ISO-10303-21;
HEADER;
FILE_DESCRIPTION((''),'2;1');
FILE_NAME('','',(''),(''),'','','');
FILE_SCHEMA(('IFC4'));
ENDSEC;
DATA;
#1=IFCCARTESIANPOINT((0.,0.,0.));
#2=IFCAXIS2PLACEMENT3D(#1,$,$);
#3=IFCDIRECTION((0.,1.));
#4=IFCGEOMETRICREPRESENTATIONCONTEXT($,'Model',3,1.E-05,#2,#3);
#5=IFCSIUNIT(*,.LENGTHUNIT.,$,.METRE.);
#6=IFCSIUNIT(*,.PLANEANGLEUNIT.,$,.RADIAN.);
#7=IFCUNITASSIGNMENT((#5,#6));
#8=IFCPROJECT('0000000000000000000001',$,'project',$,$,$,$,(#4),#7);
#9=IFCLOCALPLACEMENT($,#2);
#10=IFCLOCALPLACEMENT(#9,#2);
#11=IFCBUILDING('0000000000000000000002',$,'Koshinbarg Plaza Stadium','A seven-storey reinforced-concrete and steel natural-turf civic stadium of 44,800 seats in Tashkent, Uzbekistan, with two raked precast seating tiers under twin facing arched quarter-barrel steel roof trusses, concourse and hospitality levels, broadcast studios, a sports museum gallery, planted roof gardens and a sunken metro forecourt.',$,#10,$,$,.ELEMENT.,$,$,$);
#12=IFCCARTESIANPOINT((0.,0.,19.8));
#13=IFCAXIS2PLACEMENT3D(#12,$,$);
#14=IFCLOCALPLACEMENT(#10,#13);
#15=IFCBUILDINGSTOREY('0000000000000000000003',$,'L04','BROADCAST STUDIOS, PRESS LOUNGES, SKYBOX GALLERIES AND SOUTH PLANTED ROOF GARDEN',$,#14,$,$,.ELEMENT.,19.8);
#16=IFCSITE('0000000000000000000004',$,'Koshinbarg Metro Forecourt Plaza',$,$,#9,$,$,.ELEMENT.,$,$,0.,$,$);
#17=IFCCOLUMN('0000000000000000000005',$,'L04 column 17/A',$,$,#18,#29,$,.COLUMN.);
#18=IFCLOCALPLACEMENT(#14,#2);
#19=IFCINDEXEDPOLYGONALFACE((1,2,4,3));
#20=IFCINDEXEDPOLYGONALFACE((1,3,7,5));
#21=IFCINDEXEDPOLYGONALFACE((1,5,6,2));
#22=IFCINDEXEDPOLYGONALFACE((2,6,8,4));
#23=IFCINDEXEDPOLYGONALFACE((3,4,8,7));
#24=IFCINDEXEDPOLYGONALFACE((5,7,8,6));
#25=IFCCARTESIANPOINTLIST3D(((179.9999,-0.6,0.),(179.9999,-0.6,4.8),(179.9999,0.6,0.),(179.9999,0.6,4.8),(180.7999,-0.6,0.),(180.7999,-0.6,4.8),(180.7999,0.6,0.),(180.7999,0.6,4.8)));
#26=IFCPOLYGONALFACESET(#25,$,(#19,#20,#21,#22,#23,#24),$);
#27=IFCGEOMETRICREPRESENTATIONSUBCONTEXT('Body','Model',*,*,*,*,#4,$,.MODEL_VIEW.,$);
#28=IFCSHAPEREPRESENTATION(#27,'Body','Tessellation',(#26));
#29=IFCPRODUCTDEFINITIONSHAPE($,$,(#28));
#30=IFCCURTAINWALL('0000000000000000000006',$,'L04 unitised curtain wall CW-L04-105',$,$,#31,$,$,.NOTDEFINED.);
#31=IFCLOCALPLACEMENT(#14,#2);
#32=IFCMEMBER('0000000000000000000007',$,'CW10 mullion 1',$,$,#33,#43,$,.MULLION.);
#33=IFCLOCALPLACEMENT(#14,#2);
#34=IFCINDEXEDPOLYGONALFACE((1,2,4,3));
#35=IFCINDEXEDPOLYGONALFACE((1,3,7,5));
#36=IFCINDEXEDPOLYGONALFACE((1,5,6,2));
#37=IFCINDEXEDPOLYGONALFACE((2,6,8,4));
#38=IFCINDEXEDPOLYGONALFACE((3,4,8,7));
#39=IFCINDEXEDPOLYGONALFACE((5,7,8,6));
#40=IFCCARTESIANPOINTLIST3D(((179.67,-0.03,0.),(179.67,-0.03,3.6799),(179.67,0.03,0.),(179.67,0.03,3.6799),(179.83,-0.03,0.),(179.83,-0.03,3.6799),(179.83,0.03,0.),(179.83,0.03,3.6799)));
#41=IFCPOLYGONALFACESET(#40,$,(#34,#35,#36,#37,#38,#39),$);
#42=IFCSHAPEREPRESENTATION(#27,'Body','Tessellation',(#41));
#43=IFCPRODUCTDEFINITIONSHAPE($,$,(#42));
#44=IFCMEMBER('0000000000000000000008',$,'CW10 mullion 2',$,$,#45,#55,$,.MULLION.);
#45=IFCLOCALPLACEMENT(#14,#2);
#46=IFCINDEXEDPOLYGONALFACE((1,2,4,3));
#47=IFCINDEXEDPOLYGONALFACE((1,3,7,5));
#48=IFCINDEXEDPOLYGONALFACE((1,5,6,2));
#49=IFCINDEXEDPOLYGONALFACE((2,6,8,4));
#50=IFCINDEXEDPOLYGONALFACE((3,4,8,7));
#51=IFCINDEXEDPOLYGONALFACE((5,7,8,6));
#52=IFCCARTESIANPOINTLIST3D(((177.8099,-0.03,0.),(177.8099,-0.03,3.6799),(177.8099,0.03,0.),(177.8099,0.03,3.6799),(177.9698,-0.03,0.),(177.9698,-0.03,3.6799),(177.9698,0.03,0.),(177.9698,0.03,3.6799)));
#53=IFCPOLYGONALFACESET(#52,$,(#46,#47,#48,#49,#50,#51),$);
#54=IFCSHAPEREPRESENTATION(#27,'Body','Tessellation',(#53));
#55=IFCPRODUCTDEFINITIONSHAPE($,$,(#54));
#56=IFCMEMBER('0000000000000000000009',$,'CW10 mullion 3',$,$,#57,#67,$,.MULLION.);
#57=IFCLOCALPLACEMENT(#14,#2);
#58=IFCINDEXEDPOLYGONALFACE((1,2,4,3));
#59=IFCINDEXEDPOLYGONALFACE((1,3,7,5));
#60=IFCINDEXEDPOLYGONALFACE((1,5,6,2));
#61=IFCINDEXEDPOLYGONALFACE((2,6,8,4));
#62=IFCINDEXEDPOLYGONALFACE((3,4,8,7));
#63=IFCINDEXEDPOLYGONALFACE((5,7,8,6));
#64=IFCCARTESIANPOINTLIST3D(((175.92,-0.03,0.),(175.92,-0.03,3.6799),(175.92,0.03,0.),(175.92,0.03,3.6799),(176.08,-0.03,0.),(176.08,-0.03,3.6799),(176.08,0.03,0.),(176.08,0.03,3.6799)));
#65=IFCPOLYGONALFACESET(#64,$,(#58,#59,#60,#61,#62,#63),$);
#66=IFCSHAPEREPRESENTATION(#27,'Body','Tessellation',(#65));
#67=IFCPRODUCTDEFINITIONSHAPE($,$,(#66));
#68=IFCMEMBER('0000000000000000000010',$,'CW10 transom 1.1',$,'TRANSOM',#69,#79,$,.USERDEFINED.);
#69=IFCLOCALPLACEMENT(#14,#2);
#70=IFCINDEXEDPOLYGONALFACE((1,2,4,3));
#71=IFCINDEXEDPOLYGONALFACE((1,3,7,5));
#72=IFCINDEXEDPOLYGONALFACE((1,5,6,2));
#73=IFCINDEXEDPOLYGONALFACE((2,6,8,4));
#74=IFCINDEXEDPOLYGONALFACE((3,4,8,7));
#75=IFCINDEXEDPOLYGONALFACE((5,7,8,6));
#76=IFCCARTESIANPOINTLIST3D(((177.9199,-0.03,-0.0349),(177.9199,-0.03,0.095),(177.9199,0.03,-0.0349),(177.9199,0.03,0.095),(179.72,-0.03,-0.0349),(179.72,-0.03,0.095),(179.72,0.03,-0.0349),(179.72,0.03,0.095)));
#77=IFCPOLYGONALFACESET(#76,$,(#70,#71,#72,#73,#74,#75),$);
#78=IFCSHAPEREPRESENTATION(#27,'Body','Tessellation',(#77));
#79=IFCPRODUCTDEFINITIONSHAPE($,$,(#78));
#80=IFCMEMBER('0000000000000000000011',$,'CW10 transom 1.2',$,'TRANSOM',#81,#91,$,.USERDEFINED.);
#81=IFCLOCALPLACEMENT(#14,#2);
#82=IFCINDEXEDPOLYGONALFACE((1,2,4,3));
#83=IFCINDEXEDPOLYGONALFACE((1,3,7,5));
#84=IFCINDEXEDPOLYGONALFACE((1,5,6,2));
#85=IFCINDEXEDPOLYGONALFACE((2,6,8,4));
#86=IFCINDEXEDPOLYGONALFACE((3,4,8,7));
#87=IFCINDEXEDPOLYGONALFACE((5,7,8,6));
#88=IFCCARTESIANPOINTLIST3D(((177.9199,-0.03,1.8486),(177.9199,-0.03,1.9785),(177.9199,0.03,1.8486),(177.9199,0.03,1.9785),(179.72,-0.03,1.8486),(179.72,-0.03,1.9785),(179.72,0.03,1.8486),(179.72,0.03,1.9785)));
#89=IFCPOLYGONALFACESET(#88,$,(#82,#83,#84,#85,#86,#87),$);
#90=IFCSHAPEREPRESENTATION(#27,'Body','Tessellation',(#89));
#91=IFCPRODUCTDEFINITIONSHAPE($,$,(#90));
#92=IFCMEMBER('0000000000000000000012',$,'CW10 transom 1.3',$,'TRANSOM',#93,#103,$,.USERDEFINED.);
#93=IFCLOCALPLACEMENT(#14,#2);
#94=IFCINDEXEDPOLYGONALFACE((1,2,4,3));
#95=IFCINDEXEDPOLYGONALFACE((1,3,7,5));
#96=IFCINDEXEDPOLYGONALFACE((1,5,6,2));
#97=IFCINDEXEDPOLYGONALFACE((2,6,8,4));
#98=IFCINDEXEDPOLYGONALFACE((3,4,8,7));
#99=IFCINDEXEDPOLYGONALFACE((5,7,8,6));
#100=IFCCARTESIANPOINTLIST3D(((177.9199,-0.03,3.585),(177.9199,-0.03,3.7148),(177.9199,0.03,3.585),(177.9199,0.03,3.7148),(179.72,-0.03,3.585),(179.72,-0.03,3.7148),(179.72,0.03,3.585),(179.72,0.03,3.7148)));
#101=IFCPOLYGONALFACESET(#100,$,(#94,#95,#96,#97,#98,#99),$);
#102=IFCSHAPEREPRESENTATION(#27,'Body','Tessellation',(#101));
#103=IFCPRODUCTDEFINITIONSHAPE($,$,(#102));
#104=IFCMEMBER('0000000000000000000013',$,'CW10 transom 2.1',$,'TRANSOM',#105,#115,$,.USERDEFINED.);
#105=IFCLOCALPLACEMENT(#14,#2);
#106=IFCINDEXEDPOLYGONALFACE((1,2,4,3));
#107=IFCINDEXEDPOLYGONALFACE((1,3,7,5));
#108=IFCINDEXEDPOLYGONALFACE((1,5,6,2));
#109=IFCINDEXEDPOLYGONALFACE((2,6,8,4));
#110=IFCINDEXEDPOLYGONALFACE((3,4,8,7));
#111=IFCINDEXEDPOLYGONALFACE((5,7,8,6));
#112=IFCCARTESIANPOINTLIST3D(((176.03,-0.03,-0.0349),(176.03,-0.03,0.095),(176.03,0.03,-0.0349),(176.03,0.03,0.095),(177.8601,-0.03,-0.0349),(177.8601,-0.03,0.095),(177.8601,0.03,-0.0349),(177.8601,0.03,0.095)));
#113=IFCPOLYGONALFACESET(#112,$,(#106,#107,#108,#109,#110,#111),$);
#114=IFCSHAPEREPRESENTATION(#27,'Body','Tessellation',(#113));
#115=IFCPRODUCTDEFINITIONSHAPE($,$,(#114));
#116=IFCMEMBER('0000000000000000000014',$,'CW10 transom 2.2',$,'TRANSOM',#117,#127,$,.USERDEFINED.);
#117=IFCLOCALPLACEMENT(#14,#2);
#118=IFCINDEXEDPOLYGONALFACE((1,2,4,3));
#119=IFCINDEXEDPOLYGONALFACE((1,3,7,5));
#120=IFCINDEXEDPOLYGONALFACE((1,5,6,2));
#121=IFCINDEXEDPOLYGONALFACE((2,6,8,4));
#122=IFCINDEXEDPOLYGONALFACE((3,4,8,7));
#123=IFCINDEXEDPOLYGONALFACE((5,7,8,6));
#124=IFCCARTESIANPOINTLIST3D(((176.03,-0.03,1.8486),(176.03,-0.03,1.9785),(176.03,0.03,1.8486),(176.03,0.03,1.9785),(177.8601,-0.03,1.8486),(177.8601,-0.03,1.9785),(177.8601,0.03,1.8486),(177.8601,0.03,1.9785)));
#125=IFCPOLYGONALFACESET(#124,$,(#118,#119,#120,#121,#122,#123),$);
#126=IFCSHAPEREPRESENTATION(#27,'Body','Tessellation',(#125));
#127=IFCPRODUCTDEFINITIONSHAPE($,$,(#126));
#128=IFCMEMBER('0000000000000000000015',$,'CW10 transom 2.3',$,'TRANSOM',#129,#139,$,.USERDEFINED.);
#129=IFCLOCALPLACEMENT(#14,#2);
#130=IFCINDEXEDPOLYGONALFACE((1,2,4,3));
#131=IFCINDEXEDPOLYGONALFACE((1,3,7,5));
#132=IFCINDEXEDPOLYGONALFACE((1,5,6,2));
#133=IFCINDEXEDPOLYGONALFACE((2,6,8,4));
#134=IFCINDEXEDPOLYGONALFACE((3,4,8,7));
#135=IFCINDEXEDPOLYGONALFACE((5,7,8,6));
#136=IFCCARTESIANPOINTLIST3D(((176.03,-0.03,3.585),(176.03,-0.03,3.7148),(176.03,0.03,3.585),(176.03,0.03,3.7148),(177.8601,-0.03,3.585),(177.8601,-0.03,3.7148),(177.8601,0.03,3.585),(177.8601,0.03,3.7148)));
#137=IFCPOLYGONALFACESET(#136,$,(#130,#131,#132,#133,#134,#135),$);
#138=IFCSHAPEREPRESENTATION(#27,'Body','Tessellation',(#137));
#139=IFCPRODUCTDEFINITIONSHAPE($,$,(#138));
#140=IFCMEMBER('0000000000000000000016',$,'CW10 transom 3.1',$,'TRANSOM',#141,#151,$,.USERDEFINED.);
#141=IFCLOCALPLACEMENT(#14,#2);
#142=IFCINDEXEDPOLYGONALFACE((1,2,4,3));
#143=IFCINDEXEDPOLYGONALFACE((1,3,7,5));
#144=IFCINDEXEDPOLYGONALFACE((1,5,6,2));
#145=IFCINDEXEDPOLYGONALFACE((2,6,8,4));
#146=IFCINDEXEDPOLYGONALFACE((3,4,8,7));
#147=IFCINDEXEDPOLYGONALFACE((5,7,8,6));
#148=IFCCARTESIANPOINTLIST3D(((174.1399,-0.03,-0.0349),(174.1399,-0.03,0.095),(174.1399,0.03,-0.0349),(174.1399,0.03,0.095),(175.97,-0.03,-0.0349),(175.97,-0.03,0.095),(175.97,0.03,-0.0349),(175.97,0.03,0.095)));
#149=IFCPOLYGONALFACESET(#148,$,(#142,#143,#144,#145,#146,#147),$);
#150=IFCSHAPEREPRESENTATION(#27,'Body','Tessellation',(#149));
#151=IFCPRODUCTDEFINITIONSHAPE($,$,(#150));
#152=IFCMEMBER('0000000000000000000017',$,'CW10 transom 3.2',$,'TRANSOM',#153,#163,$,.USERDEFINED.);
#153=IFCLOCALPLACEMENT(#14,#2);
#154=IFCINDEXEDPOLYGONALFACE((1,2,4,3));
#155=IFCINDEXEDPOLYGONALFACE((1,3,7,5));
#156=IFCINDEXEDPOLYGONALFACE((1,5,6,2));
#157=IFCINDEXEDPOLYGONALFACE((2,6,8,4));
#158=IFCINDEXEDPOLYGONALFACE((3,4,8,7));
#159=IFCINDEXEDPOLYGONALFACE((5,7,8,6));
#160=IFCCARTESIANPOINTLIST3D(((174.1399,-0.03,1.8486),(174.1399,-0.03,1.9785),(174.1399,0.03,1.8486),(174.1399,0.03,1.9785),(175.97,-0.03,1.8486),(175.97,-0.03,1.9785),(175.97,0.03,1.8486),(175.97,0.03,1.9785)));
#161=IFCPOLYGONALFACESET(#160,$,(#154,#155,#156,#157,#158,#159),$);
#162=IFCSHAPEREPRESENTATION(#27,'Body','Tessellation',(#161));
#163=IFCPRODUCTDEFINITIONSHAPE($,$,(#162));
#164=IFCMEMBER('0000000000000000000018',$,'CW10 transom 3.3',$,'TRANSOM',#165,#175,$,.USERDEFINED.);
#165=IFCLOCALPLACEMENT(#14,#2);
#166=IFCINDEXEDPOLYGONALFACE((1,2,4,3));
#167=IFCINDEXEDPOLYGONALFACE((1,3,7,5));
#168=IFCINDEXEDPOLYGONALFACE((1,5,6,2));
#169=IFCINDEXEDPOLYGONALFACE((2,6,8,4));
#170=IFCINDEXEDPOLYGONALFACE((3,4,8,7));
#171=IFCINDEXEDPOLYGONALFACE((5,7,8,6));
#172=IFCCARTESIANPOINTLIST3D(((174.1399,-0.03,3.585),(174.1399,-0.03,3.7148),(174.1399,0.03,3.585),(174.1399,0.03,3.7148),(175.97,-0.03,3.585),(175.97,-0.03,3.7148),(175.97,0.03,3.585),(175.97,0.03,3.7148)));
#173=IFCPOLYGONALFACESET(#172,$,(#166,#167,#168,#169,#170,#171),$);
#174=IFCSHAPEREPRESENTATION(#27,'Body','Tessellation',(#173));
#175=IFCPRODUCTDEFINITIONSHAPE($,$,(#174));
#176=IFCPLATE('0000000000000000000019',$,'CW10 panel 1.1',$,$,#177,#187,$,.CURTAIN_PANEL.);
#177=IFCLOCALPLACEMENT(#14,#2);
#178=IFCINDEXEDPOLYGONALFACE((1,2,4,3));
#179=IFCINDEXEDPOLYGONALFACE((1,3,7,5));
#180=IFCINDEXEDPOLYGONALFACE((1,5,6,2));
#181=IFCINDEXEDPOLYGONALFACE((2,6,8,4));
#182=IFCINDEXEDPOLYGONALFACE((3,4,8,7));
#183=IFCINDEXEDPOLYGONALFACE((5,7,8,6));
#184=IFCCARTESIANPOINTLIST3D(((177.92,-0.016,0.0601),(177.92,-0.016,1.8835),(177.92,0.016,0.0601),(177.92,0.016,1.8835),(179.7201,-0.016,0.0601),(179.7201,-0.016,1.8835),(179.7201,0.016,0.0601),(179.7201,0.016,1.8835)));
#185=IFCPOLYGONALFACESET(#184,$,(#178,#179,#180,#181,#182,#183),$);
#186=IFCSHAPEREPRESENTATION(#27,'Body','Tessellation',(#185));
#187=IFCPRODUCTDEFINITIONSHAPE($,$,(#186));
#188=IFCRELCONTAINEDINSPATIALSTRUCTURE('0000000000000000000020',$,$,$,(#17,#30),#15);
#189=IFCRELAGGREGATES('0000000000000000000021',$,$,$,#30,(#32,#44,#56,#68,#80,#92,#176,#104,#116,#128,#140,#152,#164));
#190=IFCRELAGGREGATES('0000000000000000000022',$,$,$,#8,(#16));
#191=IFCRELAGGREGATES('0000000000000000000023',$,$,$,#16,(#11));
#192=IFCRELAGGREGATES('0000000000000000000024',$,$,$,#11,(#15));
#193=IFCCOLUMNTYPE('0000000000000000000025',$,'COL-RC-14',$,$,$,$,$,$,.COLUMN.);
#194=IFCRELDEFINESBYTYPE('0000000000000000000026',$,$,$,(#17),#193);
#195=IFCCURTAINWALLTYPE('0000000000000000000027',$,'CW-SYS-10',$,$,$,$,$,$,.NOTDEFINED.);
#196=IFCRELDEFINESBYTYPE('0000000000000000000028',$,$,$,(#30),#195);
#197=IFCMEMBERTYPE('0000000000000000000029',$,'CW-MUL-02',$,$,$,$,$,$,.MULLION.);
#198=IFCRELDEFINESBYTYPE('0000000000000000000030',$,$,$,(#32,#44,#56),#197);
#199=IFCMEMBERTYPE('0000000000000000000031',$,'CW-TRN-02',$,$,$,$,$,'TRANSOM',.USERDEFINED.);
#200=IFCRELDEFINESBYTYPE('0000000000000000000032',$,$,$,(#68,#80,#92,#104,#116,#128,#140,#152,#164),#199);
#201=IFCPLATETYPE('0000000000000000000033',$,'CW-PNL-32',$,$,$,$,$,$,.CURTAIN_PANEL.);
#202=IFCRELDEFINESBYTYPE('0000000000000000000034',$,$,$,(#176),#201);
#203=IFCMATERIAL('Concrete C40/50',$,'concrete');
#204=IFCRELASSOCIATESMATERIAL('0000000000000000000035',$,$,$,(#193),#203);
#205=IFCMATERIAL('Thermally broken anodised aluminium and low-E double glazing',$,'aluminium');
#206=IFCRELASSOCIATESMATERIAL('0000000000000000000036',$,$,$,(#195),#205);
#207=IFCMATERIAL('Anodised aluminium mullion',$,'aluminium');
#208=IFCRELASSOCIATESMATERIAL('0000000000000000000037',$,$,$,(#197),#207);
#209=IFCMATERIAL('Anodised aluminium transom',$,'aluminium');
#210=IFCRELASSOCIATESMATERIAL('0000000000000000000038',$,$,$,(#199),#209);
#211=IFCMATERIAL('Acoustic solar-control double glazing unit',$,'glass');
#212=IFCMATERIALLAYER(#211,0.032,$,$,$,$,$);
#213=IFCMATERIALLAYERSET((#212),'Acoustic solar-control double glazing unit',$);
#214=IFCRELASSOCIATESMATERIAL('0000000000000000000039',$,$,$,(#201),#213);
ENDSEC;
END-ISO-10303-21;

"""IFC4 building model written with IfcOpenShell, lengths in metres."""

from ifc_helpers import new_model, si_unit, direction, frame, origin, origin_2d, place, context, subcontext, project, spatial, rectangle, extrude, material, layer, layer_set, material_profile, profile_set, type_object, element, aggregate, save


model = new_model("IFC4")

# Units and contexts
model_context = context("Model", 3, precision=1e-05, world=origin(), true_north=direction((0.0, 1.0)))
body_context = subcontext(model_context, "Body", "Model", "MODEL_VIEW")
ifc_project = project(units=[si_unit("LENGTHUNIT", "METRE"), si_unit("PLANEANGLEUNIT", "RADIAN")], contexts=[model_context])

# Site, building, storey
site_placement = place(None, origin())
site = spatial("IfcSite", under=ifc_project, at=site_placement, Name="Koshinbarg Metro Forecourt Plaza", CompositionType="ELEMENT", RefElevation=0.0)
building_placement = place(site_placement, origin())
building = spatial("IfcBuilding", under=site, at=building_placement, Name="Koshinbarg Plaza Stadium", Description="A seven-storey reinforced-concrete and steel natural-turf civic stadium of 44,800 seats in Tashkent, Uzbekistan, with two raked precast seating tiers under twin facing arched quarter-barrel steel roof trusses, concourse and hospitality levels, broadcast studios, a sports museum gallery, planted roof gardens and a sunken metro forecourt.", CompositionType="ELEMENT")
storey_placement = place(building_placement, frame((0.0, 0.0, 19.8)))
storey = spatial("IfcBuildingStorey", under=building, at=storey_placement, Name="L04", Description="BROADCAST STUDIOS, PRESS LOUNGES, SKYBOX GALLERIES AND SOUTH PLANTED ROOF GARDEN", CompositionType="ELEMENT", Elevation=19.8)

# Column
ifc_material_1 = material(Name="Concrete C40/50", Category="concrete")
ifc_material_profile_1 = material_profile(ifc_material_1, rectangle(XDim=0.8, YDim=1.2, at=origin_2d()), Name="RC 800x1200")
ifc_profile_set_1 = profile_set([ifc_material_profile_1], Name="Concrete C40/50")
column_type = type_object("IfcColumnType", Name="COL-RC-14", PredefinedType="COLUMN", material=ifc_profile_set_1)
column_placement = place(storey_placement, frame((180.3999, 0.0, 0.0), z_axis=(0.0, 0.0, 1.0), x_axis=(1.0, 0.0, 0.0)))
element("IfcColumn", 1, at=column_placement, inside=storey, type_object=column_type, Name="L04 column 17/A", PredefinedType="COLUMN", context=body_context, shape_type="SweptSolid", body=[
    extrude(rectangle(XDim=0.8, YDim=1.2, at=origin_2d()), origin(), (0.0, 0.0, 1.0), 4.8),
])

# Curtain wall, members, plate
ifc_material_2 = material(Name="Thermally broken anodised aluminium and low-E double glazing", Category="aluminium")
curtain_wall_type = type_object("IfcCurtainWallType", Name="CW-SYS-10", PredefinedType="NOTDEFINED", material=ifc_material_2)
curtain_wall_placement = place(storey_placement, origin())
curtain_wall = element("IfcCurtainWall", 2, at=curtain_wall_placement, inside=storey, type_object=curtain_wall_type, Name="L04 unitised curtain wall CW-L04-105", PredefinedType="NOTDEFINED")
ifc_material_3 = material(Name="Anodised aluminium mullion", Category="aluminium")
ifc_material_profile_2 = material_profile(ifc_material_3, rectangle(XDim=0.0601, YDim=0.1599, at=origin_2d()), Name="ALU 60x160")
ifc_profile_set_2 = profile_set([ifc_material_profile_2], Name="Anodised aluminium mullion")
member_type_1 = type_object("IfcMemberType", Name="CW-MUL-02", PredefinedType="MULLION", material=ifc_profile_set_2)
member_1_placement = place(storey_placement, frame((179.75, 0.0, 0.0), z_axis=(0.0, 0.0, 1.0), x_axis=(0.0, -1.0, 0.0)))
member_1 = element("IfcMember", 3, at=member_1_placement, type_object=member_type_1, Name="CW10 mullion 1", PredefinedType="MULLION", context=body_context, shape_type="SweptSolid", body=[
    extrude(rectangle(XDim=0.0601, YDim=0.1599, at=origin_2d()), origin(), (0.0, 0.0, 1.0), 3.6799),
])
member_2_placement = place(storey_placement, frame((177.8899, 0.0, 0.0), z_axis=(0.0, 0.0, 1.0), x_axis=(0.0, -1.0, 0.0)))
member_2 = element("IfcMember", 4, at=member_2_placement, type_object=member_type_1, Name="CW10 mullion 2", PredefinedType="MULLION", context=body_context, shape_type="SweptSolid", body=[
    extrude(rectangle(XDim=0.0601, YDim=0.1599, at=origin_2d()), origin(), (0.0, 0.0, 1.0), 3.6799),
])
member_3_placement = place(storey_placement, frame((176.0, 0.0, 0.0), z_axis=(0.0, 0.0, 1.0), x_axis=(0.0, -1.0, 0.0)))
member_3 = element("IfcMember", 5, at=member_3_placement, type_object=member_type_1, Name="CW10 mullion 3", PredefinedType="MULLION", context=body_context, shape_type="SweptSolid", body=[
    extrude(rectangle(XDim=0.0601, YDim=0.1599, at=origin_2d()), origin(), (0.0, 0.0, 1.0), 3.6799),
])
ifc_material_4 = material(Name="Anodised aluminium transom", Category="aluminium")
ifc_material_profile_3 = material_profile(ifc_material_4, rectangle(XDim=0.0601, YDim=0.1299, at=origin_2d()), Name="ALU 60x130")
ifc_profile_set_3 = profile_set([ifc_material_profile_3], Name="Anodised aluminium transom")
member_type_2 = type_object("IfcMemberType", Name="CW-TRN-02", ElementType="TRANSOM", PredefinedType="USERDEFINED", material=ifc_profile_set_3)
member_4_placement = place(storey_placement, frame((179.72, 0.0, 0.03), z_axis=(-1.0, 0.0, 0.0), x_axis=(0.0, -1.0, 0.0)))
member_4 = element("IfcMember", 6, at=member_4_placement, type_object=member_type_2, Name="CW10 transom 1.1", ObjectType="TRANSOM", PredefinedType="USERDEFINED", context=body_context, shape_type="SweptSolid", body=[
    extrude(rectangle(XDim=0.0601, YDim=0.1299, at=origin_2d()), origin(), (0.0, 0.0, 1.0), 1.8),
])
member_5_placement = place(storey_placement, frame((179.72, 0.0, 1.9136), z_axis=(-1.0, 0.0, 0.0), x_axis=(0.0, -1.0, 0.0)))
member_5 = element("IfcMember", 7, at=member_5_placement, type_object=member_type_2, Name="CW10 transom 1.2", ObjectType="TRANSOM", PredefinedType="USERDEFINED", context=body_context, shape_type="SweptSolid", body=[
    extrude(rectangle(XDim=0.0601, YDim=0.1299, at=origin_2d()), origin(), (0.0, 0.0, 1.0), 1.8),
])
member_6_placement = place(storey_placement, frame((179.72, 0.0, 3.6499), z_axis=(-1.0, 0.0, 0.0), x_axis=(0.0, -1.0, 0.0)))
member_6 = element("IfcMember", 8, at=member_6_placement, type_object=member_type_2, Name="CW10 transom 1.3", ObjectType="TRANSOM", PredefinedType="USERDEFINED", context=body_context, shape_type="SweptSolid", body=[
    extrude(rectangle(XDim=0.0601, YDim=0.1299, at=origin_2d()), origin(), (0.0, 0.0, 1.0), 1.8),
])
member_7_placement = place(storey_placement, frame((177.8601, 0.0, 0.03), z_axis=(-1.0, 0.0, 0.0), x_axis=(0.0, -1.0, 0.0)))
member_7 = element("IfcMember", 9, at=member_7_placement, type_object=member_type_2, Name="CW10 transom 2.1", ObjectType="TRANSOM", PredefinedType="USERDEFINED", context=body_context, shape_type="SweptSolid", body=[
    extrude(rectangle(XDim=0.0601, YDim=0.1299, at=origin_2d()), origin(), (0.0, 0.0, 1.0), 1.8301),
])
member_8_placement = place(storey_placement, frame((177.8601, 0.0, 1.9136), z_axis=(-1.0, 0.0, 0.0), x_axis=(0.0, -1.0, 0.0)))
member_8 = element("IfcMember", 10, at=member_8_placement, type_object=member_type_2, Name="CW10 transom 2.2", ObjectType="TRANSOM", PredefinedType="USERDEFINED", context=body_context, shape_type="SweptSolid", body=[
    extrude(rectangle(XDim=0.0601, YDim=0.1299, at=origin_2d()), origin(), (0.0, 0.0, 1.0), 1.8301),
])
member_9_placement = place(storey_placement, frame((177.8601, 0.0, 3.6499), z_axis=(-1.0, 0.0, 0.0), x_axis=(0.0, -1.0, 0.0)))
member_9 = element("IfcMember", 11, at=member_9_placement, type_object=member_type_2, Name="CW10 transom 2.3", ObjectType="TRANSOM", PredefinedType="USERDEFINED", context=body_context, shape_type="SweptSolid", body=[
    extrude(rectangle(XDim=0.0601, YDim=0.1299, at=origin_2d()), origin(), (0.0, 0.0, 1.0), 1.8301),
])
member_10_placement = place(storey_placement, frame((175.97, 0.0, 0.03), z_axis=(-1.0, 0.0, 0.0), x_axis=(0.0, -1.0, 0.0)))
member_10 = element("IfcMember", 12, at=member_10_placement, type_object=member_type_2, Name="CW10 transom 3.1", ObjectType="TRANSOM", PredefinedType="USERDEFINED", context=body_context, shape_type="SweptSolid", body=[
    extrude(rectangle(XDim=0.0601, YDim=0.1299, at=origin_2d()), origin(), (0.0, 0.0, 1.0), 1.8301),
])
member_11_placement = place(storey_placement, frame((175.97, 0.0, 1.9136), z_axis=(-1.0, 0.0, 0.0), x_axis=(0.0, -1.0, 0.0)))
member_11 = element("IfcMember", 13, at=member_11_placement, type_object=member_type_2, Name="CW10 transom 3.2", ObjectType="TRANSOM", PredefinedType="USERDEFINED", context=body_context, shape_type="SweptSolid", body=[
    extrude(rectangle(XDim=0.0601, YDim=0.1299, at=origin_2d()), origin(), (0.0, 0.0, 1.0), 1.8301),
])
member_12_placement = place(storey_placement, frame((175.97, 0.0, 3.6499), z_axis=(-1.0, 0.0, 0.0), x_axis=(0.0, -1.0, 0.0)))
member_12 = element("IfcMember", 14, at=member_12_placement, type_object=member_type_2, Name="CW10 transom 3.3", ObjectType="TRANSOM", PredefinedType="USERDEFINED", context=body_context, shape_type="SweptSolid", body=[
    extrude(rectangle(XDim=0.0601, YDim=0.1299, at=origin_2d()), origin(), (0.0, 0.0, 1.0), 1.8301),
])
ifc_material_5 = material(Name="Acoustic solar-control double glazing unit", Category="glass")
ifc_layer = layer(ifc_material_5, 0.032)
ifc_layer_set = layer_set([ifc_layer], Name="Acoustic solar-control double glazing unit")
plate_type = type_object("IfcPlateType", Name="CW-PNL-32", PredefinedType="CURTAIN_PANEL", material=ifc_layer_set)
plate_1_placement = place(storey_placement, frame((178.8201, 0.0, 0.0601), z_axis=(0.0, 0.0, 1.0), x_axis=(-1.0, 0.0, 0.0)))
plate_1 = element("IfcPlate", 15, at=plate_1_placement, type_object=plate_type, Name="CW10 panel 1.1", PredefinedType="CURTAIN_PANEL", context=body_context, shape_type="SweptSolid", body=[
    extrude(rectangle(XDim=1.8, YDim=0.032, at=origin_2d()), origin(), (0.0, 0.0, 1.0), 1.8235),
])
aggregate(curtain_wall, [member_1, member_2, member_3, member_4, member_5, member_6, plate_1, member_7, member_8, member_9, member_10, member_11, member_12])

save(model, "model.ifc")
